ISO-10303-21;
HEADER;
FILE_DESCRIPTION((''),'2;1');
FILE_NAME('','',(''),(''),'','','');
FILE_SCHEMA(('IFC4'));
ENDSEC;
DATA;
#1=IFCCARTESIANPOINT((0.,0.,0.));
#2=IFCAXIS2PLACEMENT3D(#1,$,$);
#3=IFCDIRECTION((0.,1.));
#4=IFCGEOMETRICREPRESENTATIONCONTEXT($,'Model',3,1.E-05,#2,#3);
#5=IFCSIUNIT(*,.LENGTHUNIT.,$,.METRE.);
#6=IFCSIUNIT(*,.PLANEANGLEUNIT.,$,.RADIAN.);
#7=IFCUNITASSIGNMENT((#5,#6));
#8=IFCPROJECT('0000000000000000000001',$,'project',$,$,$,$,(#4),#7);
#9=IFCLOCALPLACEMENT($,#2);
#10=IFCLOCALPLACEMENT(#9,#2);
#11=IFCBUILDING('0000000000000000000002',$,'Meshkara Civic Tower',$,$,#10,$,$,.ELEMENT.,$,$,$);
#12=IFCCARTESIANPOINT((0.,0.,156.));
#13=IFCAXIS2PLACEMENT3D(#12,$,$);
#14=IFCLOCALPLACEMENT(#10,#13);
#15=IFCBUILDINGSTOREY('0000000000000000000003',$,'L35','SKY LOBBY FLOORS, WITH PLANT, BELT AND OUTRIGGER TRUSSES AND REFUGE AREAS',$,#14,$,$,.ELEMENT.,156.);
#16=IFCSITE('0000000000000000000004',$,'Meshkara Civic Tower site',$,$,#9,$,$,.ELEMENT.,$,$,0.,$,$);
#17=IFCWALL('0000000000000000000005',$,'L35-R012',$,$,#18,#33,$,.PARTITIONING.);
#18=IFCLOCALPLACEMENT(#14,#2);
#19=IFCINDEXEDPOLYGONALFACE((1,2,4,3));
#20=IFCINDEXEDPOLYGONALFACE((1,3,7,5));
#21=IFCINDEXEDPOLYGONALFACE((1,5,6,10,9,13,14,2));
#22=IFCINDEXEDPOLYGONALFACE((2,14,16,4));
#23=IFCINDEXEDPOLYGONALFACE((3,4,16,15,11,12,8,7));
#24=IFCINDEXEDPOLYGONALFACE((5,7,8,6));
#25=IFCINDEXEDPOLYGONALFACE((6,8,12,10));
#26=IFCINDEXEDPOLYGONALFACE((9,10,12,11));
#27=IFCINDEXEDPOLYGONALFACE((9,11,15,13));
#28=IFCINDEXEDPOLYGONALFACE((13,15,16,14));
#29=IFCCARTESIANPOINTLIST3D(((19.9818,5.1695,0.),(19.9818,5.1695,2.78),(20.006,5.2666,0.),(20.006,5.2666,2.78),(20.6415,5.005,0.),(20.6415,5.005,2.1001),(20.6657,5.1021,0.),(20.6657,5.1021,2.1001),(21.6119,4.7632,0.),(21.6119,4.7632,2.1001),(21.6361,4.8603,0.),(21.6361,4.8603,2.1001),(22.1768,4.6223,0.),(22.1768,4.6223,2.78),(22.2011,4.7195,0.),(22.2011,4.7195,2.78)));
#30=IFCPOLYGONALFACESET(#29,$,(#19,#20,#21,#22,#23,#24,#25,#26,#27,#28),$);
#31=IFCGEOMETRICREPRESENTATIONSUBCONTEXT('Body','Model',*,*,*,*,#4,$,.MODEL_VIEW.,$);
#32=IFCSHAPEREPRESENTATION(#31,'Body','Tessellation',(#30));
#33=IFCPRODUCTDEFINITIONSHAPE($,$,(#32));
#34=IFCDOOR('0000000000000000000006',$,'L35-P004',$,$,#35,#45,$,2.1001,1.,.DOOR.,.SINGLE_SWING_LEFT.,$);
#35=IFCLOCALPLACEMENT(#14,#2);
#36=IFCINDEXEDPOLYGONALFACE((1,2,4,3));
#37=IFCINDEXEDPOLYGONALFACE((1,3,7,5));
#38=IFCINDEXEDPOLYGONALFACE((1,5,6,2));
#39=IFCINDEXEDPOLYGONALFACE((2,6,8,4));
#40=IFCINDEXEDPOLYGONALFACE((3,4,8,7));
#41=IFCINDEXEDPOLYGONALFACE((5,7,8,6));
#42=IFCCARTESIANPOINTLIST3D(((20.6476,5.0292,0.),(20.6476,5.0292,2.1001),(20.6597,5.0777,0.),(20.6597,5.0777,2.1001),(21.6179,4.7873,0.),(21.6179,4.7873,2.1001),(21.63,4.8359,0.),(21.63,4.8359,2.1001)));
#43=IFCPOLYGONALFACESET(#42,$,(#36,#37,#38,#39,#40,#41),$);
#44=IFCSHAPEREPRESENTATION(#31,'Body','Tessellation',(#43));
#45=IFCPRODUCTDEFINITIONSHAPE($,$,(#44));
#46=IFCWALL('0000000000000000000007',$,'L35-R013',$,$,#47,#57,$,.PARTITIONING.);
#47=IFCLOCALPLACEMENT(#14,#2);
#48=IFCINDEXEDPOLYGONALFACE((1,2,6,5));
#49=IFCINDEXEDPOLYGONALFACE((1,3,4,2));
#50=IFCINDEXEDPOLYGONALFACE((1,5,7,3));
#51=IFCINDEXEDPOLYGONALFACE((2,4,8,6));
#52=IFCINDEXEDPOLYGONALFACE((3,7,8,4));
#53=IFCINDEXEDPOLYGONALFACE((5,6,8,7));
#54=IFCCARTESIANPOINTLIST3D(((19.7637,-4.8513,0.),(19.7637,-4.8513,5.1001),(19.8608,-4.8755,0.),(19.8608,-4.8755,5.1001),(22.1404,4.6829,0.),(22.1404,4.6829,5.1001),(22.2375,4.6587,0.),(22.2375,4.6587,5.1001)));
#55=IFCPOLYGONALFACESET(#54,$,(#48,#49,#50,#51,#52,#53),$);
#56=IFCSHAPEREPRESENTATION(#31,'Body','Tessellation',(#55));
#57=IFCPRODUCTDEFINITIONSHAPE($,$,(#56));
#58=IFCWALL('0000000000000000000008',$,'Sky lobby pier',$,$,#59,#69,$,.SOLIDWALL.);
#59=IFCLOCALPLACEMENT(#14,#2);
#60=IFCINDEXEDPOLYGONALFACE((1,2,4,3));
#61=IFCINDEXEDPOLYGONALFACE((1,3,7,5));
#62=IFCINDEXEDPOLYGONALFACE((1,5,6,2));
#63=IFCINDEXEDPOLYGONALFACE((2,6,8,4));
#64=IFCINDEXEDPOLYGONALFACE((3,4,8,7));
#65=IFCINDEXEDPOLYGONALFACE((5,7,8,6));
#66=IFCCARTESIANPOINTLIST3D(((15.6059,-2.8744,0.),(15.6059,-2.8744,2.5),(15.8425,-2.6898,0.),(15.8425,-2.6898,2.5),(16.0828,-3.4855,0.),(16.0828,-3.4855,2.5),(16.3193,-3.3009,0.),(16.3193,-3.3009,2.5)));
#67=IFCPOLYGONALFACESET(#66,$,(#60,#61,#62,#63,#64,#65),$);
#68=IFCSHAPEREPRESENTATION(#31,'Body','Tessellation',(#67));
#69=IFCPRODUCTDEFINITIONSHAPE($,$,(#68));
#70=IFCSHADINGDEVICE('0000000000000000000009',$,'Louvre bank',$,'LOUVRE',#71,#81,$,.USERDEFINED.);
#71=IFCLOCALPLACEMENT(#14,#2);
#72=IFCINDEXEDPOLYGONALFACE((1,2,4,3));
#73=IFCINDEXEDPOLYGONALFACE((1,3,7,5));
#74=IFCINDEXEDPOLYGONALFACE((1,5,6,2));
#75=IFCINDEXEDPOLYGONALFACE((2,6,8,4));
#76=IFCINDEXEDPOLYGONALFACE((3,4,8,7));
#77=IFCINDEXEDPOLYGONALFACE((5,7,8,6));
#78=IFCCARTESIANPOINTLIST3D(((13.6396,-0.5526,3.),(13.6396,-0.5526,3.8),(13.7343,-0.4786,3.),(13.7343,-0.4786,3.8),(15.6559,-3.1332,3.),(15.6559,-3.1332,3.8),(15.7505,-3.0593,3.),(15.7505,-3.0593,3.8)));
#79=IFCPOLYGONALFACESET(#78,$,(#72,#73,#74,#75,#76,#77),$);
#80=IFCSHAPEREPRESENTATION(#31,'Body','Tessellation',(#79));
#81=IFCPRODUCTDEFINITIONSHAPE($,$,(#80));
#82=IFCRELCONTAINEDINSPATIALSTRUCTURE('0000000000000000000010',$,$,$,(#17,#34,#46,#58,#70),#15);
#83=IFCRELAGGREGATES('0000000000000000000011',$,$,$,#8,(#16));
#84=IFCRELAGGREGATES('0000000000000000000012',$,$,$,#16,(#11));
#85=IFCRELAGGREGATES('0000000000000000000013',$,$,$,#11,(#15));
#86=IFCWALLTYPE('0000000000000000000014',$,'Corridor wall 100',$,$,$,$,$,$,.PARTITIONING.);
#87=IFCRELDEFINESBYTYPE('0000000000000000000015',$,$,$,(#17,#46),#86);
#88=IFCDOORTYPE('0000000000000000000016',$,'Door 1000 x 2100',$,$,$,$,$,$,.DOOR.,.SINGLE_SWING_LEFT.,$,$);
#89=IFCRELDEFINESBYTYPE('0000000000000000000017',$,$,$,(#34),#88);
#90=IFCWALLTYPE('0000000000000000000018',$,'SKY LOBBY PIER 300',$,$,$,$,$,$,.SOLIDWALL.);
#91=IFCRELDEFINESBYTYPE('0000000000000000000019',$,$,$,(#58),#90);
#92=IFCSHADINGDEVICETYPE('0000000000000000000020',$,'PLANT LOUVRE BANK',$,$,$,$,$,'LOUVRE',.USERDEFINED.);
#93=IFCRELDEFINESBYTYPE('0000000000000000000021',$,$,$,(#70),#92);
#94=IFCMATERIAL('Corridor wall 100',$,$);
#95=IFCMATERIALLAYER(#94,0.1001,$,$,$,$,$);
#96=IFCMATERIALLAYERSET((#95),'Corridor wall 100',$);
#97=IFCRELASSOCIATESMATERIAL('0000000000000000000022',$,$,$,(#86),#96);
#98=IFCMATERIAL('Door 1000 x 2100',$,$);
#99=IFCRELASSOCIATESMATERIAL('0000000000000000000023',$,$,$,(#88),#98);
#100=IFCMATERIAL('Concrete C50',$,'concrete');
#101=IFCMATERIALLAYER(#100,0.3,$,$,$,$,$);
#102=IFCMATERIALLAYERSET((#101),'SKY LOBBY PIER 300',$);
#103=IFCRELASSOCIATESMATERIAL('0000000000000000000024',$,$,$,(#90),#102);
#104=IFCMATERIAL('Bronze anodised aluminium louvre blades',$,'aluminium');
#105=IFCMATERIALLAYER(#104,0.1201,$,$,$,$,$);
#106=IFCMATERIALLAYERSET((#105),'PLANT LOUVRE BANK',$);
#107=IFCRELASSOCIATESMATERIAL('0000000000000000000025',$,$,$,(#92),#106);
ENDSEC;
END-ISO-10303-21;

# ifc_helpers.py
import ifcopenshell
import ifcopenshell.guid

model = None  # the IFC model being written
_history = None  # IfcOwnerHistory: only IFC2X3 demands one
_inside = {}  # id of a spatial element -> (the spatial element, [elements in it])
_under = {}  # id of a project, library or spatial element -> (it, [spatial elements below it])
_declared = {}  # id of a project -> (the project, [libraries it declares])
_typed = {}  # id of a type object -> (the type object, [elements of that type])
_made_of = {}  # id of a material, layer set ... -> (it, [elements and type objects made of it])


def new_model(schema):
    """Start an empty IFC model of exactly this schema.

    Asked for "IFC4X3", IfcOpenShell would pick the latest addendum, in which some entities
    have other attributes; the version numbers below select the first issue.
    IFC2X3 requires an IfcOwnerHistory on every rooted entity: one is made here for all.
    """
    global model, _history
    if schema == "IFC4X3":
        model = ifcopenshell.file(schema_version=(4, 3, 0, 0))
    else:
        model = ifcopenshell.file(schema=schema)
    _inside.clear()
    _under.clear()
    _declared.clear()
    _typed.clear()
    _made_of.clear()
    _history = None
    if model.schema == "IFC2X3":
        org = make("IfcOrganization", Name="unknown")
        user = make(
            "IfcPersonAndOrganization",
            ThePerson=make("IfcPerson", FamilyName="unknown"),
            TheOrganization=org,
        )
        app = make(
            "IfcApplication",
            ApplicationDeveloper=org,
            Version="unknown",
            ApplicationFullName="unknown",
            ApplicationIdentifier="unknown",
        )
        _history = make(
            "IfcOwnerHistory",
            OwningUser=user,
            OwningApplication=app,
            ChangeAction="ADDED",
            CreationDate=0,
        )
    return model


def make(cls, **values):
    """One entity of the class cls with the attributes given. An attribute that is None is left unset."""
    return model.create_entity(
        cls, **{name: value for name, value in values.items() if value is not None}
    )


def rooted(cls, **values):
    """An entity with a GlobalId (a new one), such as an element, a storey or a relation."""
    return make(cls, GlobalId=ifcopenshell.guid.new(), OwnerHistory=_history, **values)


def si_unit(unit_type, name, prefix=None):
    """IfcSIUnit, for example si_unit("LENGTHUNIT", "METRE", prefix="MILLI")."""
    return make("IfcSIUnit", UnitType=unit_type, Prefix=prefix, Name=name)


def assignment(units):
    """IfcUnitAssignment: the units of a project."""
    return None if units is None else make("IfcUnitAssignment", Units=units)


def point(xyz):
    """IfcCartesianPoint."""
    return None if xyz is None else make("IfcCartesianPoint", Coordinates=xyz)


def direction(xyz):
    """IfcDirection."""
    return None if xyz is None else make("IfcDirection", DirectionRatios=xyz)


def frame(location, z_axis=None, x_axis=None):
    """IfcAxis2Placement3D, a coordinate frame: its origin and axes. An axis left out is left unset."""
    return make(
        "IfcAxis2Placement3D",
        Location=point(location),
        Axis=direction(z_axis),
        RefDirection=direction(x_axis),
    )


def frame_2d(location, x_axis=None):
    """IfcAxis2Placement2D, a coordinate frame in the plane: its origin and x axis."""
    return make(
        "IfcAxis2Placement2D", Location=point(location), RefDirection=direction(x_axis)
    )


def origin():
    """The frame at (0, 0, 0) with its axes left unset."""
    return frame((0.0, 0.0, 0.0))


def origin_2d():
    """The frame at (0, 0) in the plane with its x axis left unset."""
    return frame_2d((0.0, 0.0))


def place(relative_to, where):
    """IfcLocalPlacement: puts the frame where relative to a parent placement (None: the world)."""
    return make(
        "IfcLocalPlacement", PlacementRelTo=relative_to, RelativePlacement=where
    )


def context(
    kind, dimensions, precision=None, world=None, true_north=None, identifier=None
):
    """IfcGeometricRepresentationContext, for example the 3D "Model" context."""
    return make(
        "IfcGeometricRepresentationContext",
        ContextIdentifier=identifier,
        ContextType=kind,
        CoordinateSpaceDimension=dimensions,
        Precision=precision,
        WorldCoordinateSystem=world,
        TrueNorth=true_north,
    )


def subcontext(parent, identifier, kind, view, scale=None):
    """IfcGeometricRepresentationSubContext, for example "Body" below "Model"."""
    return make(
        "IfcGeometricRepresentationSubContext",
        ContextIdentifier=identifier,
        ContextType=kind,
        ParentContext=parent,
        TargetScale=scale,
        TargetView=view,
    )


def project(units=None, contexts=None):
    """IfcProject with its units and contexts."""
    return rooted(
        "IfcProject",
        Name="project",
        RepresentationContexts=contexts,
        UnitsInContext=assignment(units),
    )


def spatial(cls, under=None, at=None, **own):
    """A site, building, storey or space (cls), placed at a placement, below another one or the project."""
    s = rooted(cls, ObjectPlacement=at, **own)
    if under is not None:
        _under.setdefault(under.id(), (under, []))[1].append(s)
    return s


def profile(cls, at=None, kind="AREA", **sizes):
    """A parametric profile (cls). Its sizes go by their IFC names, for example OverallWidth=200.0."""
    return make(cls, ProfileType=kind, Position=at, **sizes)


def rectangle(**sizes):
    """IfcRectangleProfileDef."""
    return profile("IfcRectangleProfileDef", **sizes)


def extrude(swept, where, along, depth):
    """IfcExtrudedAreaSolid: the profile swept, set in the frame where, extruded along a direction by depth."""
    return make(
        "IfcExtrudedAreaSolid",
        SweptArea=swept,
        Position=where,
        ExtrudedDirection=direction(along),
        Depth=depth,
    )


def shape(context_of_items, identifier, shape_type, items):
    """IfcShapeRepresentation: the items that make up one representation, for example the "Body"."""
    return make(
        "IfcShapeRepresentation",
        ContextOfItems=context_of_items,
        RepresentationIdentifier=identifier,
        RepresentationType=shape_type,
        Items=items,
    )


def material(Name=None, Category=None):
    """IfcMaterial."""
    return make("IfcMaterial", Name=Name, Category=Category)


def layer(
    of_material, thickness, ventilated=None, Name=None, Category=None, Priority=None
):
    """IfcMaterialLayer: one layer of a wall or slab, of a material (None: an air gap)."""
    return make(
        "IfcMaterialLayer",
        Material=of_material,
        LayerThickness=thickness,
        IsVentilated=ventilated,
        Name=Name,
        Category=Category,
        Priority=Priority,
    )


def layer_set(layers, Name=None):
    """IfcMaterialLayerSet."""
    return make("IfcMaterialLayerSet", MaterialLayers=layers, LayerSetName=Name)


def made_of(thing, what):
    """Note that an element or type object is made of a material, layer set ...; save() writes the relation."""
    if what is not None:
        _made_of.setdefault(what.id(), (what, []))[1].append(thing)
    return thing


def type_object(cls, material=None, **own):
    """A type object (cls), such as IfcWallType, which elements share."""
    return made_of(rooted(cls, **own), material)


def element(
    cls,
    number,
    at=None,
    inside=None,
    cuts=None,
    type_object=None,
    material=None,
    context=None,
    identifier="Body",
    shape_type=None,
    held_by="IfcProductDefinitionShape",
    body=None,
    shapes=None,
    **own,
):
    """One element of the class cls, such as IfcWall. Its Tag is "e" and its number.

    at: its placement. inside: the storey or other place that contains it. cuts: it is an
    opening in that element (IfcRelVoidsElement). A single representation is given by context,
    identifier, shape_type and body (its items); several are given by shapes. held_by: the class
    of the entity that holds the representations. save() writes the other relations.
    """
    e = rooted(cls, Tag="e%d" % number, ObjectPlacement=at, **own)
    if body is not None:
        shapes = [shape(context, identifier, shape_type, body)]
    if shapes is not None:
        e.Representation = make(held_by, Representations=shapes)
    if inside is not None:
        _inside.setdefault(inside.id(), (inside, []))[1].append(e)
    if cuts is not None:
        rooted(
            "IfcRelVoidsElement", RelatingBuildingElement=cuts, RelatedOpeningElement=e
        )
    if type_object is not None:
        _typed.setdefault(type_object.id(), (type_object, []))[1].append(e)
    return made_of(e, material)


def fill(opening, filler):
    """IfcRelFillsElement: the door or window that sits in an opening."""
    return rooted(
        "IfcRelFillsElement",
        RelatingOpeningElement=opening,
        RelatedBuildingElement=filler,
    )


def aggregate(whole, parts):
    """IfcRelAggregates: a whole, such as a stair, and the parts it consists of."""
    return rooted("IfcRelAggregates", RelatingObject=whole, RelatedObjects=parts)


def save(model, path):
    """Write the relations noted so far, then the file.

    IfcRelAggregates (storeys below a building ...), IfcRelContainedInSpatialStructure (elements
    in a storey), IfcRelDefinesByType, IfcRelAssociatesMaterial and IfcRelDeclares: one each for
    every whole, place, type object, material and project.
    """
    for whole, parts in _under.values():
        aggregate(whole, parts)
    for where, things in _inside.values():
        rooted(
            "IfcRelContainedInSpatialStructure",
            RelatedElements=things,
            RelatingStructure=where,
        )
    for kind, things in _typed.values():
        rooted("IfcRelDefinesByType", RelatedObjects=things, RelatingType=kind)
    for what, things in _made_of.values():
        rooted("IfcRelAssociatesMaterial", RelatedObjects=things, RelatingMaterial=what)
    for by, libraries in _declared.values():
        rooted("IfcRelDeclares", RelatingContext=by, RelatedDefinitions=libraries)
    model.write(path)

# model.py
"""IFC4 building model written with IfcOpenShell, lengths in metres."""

from ifc_helpers import new_model, si_unit, direction, frame, frame_2d, origin, origin_2d, place, context, subcontext, project, spatial, rectangle, extrude, material, layer, layer_set, type_object, element, fill, save


model = new_model("IFC4")

# Units and contexts
model_context = context("Model", 3, precision=1e-05, world=origin(), true_north=direction((0.0, 1.0)))
body_context = subcontext(model_context, "Body", "Model", "MODEL_VIEW")
ifc_project = project(units=[si_unit("LENGTHUNIT", "METRE"), si_unit("PLANEANGLEUNIT", "RADIAN")], contexts=[model_context])

# Site, building, storey
site_placement = place(None, origin())
site = spatial("IfcSite", under=ifc_project, at=site_placement, Name="Meshkara Civic Tower site", CompositionType="ELEMENT", RefElevation=0.0)
building_placement = place(site_placement, origin())
building = spatial("IfcBuilding", under=site, at=building_placement, Name="Meshkara Civic Tower", CompositionType="ELEMENT")
storey_placement = place(building_placement, frame((0.0, 0.0, 156.0)))
storey = spatial("IfcBuildingStorey", under=building, at=storey_placement, Name="L35", Description="SKY LOBBY FLOORS, WITH PLANT, BELT AND OUTRIGGER TRUSSES AND REFUGE AREAS", CompositionType="ELEMENT", Elevation=156.0)

# Wall, opening, door
ifc_material_1 = material(Name="Corridor wall 100")
ifc_layer_1 = layer(ifc_material_1, 0.1001)
ifc_layer_set_1 = layer_set([ifc_layer_1], Name="Corridor wall 100")
wall_type_1 = type_object("IfcWallType", Name="Corridor wall 100", PredefinedType="PARTITIONING", material=ifc_layer_set_1)
wall_1_placement = place(storey_placement, frame((19.9939, 5.218, 0.0), z_axis=(0.0, 0.0, 1.0), x_axis=(0.970314, -0.24185, 0.0)))
wall_1 = element("IfcWall", 1, at=wall_1_placement, inside=storey, type_object=wall_type_1, Name="L35-R012", PredefinedType="PARTITIONING", context=body_context, shape_type="SweptSolid", body=[
    extrude(rectangle(XDim=2.2622, YDim=0.1001, at=frame_2d((1.1311, 0.0))), origin(), (0.0, 0.0, 1.0), 2.78),
])
opening_placement = place(wall_1_placement, frame((0.6799, 0.0, 0.0)))
opening = element("IfcOpeningElement", 2, at=opening_placement, cuts=wall_1, PredefinedType="OPENING", context=body_context, shape_type="SweptSolid", body=[
    extrude(rectangle(XDim=1.0, YDim=2.1001, at=frame_2d((0.5, 1.05))), frame((0.0, 0.0601, 0.0), z_axis=(0.0, -1.0, 0.0), x_axis=(1.0, 0.0, 0.0)), (0.0, 0.0, 1.0), 0.1201),
])
ifc_material_2 = material(Name="Door 1000 x 2100")
door_type = type_object("IfcDoorType", Name="Door 1000 x 2100", OperationType="SINGLE_SWING_LEFT", PredefinedType="DOOR", material=ifc_material_2)
door_placement = place(opening_placement, origin())
door = element("IfcDoor", 3, at=door_placement, inside=storey, type_object=door_type, Name="L35-P004", OperationType="SINGLE_SWING_LEFT", OverallHeight=2.1001, OverallWidth=1.0, PredefinedType="DOOR", context=body_context, shape_type="SweptSolid", body=[
    extrude(rectangle(XDim=1.0, YDim=2.1001, at=frame_2d((0.5, 1.05))), frame((0.0, 0.0249, 0.0), z_axis=(0.0, -1.0, 0.0), x_axis=(1.0, 0.0, 0.0)), (0.0, 0.0, 1.0), 0.05),
])
fill(opening, door)

# Walls
wall_2_placement = place(storey_placement, frame((22.189, 4.6709, 0.0), z_axis=(0.0, 0.0, 1.0), x_axis=(-0.241881, -0.970306, 0.0)))
element("IfcWall", 4, at=wall_2_placement, inside=storey, type_object=wall_type_1, Name="L35-R013", PredefinedType="PARTITIONING", context=body_context, shape_type="SweptSolid", body=[
    extrude(rectangle(XDim=9.8259, YDim=0.1001, at=frame_2d((4.9131, 0.0))), origin(), (0.0, 0.0, 1.0), 5.1001),
])
ifc_material_3 = material(Name="Concrete C50", Category="concrete")
ifc_layer_2 = layer(ifc_material_3, 0.3)
ifc_layer_set_2 = layer_set([ifc_layer_2], Name="SKY LOBBY PIER 300")
wall_type_2 = type_object("IfcWallType", Name="SKY LOBBY PIER 300", PredefinedType="SOLIDWALL", material=ifc_layer_set_2)
wall_3_placement = place(storey_placement, frame((15.7241, -2.782, 0.0), z_axis=(0.0, 0.0, 1.0), x_axis=(0.615161, -0.788401, 0.0)))
element("IfcWall", 5, at=wall_3_placement, inside=storey, type_object=wall_type_2, Name="Sky lobby pier", PredefinedType="SOLIDWALL", context=body_context, shape_type="SweptSolid", body=[
    extrude(rectangle(XDim=0.7751, YDim=0.3, at=frame_2d((0.3877, 0.0))), origin(), (0.0, 0.0, 1.0), 2.5),
])

# Shading device
ifc_material_4 = material(Name="Bronze anodised aluminium louvre blades", Category="aluminium")
ifc_layer_3 = layer(ifc_material_4, 0.1201)
ifc_layer_set_3 = layer_set([ifc_layer_3], Name="PLANT LOUVRE BANK")
shading_device_type = type_object("IfcShadingDeviceType", Name="PLANT LOUVRE BANK", ElementType="LOUVRE", PredefinedType="USERDEFINED", material=ifc_layer_set_3)
shading_device_placement = place(storey_placement, frame((14.6951, -1.8059, 3.0), z_axis=(0.0, 0.0, 1.0), x_axis=(0.615661, -0.788011, 0.0)))
element("IfcShadingDevice", 6, at=shading_device_placement, inside=storey, type_object=shading_device_type, Name="Louvre bank", ObjectType="LOUVRE", PredefinedType="USERDEFINED", context=body_context, shape_type="SweptSolid", body=[
    extrude(rectangle(XDim=3.2749, YDim=0.1201, at=origin_2d()), origin(), (0.0, 0.0, 1.0), 0.8),
])

save(model, "model.ifc")
